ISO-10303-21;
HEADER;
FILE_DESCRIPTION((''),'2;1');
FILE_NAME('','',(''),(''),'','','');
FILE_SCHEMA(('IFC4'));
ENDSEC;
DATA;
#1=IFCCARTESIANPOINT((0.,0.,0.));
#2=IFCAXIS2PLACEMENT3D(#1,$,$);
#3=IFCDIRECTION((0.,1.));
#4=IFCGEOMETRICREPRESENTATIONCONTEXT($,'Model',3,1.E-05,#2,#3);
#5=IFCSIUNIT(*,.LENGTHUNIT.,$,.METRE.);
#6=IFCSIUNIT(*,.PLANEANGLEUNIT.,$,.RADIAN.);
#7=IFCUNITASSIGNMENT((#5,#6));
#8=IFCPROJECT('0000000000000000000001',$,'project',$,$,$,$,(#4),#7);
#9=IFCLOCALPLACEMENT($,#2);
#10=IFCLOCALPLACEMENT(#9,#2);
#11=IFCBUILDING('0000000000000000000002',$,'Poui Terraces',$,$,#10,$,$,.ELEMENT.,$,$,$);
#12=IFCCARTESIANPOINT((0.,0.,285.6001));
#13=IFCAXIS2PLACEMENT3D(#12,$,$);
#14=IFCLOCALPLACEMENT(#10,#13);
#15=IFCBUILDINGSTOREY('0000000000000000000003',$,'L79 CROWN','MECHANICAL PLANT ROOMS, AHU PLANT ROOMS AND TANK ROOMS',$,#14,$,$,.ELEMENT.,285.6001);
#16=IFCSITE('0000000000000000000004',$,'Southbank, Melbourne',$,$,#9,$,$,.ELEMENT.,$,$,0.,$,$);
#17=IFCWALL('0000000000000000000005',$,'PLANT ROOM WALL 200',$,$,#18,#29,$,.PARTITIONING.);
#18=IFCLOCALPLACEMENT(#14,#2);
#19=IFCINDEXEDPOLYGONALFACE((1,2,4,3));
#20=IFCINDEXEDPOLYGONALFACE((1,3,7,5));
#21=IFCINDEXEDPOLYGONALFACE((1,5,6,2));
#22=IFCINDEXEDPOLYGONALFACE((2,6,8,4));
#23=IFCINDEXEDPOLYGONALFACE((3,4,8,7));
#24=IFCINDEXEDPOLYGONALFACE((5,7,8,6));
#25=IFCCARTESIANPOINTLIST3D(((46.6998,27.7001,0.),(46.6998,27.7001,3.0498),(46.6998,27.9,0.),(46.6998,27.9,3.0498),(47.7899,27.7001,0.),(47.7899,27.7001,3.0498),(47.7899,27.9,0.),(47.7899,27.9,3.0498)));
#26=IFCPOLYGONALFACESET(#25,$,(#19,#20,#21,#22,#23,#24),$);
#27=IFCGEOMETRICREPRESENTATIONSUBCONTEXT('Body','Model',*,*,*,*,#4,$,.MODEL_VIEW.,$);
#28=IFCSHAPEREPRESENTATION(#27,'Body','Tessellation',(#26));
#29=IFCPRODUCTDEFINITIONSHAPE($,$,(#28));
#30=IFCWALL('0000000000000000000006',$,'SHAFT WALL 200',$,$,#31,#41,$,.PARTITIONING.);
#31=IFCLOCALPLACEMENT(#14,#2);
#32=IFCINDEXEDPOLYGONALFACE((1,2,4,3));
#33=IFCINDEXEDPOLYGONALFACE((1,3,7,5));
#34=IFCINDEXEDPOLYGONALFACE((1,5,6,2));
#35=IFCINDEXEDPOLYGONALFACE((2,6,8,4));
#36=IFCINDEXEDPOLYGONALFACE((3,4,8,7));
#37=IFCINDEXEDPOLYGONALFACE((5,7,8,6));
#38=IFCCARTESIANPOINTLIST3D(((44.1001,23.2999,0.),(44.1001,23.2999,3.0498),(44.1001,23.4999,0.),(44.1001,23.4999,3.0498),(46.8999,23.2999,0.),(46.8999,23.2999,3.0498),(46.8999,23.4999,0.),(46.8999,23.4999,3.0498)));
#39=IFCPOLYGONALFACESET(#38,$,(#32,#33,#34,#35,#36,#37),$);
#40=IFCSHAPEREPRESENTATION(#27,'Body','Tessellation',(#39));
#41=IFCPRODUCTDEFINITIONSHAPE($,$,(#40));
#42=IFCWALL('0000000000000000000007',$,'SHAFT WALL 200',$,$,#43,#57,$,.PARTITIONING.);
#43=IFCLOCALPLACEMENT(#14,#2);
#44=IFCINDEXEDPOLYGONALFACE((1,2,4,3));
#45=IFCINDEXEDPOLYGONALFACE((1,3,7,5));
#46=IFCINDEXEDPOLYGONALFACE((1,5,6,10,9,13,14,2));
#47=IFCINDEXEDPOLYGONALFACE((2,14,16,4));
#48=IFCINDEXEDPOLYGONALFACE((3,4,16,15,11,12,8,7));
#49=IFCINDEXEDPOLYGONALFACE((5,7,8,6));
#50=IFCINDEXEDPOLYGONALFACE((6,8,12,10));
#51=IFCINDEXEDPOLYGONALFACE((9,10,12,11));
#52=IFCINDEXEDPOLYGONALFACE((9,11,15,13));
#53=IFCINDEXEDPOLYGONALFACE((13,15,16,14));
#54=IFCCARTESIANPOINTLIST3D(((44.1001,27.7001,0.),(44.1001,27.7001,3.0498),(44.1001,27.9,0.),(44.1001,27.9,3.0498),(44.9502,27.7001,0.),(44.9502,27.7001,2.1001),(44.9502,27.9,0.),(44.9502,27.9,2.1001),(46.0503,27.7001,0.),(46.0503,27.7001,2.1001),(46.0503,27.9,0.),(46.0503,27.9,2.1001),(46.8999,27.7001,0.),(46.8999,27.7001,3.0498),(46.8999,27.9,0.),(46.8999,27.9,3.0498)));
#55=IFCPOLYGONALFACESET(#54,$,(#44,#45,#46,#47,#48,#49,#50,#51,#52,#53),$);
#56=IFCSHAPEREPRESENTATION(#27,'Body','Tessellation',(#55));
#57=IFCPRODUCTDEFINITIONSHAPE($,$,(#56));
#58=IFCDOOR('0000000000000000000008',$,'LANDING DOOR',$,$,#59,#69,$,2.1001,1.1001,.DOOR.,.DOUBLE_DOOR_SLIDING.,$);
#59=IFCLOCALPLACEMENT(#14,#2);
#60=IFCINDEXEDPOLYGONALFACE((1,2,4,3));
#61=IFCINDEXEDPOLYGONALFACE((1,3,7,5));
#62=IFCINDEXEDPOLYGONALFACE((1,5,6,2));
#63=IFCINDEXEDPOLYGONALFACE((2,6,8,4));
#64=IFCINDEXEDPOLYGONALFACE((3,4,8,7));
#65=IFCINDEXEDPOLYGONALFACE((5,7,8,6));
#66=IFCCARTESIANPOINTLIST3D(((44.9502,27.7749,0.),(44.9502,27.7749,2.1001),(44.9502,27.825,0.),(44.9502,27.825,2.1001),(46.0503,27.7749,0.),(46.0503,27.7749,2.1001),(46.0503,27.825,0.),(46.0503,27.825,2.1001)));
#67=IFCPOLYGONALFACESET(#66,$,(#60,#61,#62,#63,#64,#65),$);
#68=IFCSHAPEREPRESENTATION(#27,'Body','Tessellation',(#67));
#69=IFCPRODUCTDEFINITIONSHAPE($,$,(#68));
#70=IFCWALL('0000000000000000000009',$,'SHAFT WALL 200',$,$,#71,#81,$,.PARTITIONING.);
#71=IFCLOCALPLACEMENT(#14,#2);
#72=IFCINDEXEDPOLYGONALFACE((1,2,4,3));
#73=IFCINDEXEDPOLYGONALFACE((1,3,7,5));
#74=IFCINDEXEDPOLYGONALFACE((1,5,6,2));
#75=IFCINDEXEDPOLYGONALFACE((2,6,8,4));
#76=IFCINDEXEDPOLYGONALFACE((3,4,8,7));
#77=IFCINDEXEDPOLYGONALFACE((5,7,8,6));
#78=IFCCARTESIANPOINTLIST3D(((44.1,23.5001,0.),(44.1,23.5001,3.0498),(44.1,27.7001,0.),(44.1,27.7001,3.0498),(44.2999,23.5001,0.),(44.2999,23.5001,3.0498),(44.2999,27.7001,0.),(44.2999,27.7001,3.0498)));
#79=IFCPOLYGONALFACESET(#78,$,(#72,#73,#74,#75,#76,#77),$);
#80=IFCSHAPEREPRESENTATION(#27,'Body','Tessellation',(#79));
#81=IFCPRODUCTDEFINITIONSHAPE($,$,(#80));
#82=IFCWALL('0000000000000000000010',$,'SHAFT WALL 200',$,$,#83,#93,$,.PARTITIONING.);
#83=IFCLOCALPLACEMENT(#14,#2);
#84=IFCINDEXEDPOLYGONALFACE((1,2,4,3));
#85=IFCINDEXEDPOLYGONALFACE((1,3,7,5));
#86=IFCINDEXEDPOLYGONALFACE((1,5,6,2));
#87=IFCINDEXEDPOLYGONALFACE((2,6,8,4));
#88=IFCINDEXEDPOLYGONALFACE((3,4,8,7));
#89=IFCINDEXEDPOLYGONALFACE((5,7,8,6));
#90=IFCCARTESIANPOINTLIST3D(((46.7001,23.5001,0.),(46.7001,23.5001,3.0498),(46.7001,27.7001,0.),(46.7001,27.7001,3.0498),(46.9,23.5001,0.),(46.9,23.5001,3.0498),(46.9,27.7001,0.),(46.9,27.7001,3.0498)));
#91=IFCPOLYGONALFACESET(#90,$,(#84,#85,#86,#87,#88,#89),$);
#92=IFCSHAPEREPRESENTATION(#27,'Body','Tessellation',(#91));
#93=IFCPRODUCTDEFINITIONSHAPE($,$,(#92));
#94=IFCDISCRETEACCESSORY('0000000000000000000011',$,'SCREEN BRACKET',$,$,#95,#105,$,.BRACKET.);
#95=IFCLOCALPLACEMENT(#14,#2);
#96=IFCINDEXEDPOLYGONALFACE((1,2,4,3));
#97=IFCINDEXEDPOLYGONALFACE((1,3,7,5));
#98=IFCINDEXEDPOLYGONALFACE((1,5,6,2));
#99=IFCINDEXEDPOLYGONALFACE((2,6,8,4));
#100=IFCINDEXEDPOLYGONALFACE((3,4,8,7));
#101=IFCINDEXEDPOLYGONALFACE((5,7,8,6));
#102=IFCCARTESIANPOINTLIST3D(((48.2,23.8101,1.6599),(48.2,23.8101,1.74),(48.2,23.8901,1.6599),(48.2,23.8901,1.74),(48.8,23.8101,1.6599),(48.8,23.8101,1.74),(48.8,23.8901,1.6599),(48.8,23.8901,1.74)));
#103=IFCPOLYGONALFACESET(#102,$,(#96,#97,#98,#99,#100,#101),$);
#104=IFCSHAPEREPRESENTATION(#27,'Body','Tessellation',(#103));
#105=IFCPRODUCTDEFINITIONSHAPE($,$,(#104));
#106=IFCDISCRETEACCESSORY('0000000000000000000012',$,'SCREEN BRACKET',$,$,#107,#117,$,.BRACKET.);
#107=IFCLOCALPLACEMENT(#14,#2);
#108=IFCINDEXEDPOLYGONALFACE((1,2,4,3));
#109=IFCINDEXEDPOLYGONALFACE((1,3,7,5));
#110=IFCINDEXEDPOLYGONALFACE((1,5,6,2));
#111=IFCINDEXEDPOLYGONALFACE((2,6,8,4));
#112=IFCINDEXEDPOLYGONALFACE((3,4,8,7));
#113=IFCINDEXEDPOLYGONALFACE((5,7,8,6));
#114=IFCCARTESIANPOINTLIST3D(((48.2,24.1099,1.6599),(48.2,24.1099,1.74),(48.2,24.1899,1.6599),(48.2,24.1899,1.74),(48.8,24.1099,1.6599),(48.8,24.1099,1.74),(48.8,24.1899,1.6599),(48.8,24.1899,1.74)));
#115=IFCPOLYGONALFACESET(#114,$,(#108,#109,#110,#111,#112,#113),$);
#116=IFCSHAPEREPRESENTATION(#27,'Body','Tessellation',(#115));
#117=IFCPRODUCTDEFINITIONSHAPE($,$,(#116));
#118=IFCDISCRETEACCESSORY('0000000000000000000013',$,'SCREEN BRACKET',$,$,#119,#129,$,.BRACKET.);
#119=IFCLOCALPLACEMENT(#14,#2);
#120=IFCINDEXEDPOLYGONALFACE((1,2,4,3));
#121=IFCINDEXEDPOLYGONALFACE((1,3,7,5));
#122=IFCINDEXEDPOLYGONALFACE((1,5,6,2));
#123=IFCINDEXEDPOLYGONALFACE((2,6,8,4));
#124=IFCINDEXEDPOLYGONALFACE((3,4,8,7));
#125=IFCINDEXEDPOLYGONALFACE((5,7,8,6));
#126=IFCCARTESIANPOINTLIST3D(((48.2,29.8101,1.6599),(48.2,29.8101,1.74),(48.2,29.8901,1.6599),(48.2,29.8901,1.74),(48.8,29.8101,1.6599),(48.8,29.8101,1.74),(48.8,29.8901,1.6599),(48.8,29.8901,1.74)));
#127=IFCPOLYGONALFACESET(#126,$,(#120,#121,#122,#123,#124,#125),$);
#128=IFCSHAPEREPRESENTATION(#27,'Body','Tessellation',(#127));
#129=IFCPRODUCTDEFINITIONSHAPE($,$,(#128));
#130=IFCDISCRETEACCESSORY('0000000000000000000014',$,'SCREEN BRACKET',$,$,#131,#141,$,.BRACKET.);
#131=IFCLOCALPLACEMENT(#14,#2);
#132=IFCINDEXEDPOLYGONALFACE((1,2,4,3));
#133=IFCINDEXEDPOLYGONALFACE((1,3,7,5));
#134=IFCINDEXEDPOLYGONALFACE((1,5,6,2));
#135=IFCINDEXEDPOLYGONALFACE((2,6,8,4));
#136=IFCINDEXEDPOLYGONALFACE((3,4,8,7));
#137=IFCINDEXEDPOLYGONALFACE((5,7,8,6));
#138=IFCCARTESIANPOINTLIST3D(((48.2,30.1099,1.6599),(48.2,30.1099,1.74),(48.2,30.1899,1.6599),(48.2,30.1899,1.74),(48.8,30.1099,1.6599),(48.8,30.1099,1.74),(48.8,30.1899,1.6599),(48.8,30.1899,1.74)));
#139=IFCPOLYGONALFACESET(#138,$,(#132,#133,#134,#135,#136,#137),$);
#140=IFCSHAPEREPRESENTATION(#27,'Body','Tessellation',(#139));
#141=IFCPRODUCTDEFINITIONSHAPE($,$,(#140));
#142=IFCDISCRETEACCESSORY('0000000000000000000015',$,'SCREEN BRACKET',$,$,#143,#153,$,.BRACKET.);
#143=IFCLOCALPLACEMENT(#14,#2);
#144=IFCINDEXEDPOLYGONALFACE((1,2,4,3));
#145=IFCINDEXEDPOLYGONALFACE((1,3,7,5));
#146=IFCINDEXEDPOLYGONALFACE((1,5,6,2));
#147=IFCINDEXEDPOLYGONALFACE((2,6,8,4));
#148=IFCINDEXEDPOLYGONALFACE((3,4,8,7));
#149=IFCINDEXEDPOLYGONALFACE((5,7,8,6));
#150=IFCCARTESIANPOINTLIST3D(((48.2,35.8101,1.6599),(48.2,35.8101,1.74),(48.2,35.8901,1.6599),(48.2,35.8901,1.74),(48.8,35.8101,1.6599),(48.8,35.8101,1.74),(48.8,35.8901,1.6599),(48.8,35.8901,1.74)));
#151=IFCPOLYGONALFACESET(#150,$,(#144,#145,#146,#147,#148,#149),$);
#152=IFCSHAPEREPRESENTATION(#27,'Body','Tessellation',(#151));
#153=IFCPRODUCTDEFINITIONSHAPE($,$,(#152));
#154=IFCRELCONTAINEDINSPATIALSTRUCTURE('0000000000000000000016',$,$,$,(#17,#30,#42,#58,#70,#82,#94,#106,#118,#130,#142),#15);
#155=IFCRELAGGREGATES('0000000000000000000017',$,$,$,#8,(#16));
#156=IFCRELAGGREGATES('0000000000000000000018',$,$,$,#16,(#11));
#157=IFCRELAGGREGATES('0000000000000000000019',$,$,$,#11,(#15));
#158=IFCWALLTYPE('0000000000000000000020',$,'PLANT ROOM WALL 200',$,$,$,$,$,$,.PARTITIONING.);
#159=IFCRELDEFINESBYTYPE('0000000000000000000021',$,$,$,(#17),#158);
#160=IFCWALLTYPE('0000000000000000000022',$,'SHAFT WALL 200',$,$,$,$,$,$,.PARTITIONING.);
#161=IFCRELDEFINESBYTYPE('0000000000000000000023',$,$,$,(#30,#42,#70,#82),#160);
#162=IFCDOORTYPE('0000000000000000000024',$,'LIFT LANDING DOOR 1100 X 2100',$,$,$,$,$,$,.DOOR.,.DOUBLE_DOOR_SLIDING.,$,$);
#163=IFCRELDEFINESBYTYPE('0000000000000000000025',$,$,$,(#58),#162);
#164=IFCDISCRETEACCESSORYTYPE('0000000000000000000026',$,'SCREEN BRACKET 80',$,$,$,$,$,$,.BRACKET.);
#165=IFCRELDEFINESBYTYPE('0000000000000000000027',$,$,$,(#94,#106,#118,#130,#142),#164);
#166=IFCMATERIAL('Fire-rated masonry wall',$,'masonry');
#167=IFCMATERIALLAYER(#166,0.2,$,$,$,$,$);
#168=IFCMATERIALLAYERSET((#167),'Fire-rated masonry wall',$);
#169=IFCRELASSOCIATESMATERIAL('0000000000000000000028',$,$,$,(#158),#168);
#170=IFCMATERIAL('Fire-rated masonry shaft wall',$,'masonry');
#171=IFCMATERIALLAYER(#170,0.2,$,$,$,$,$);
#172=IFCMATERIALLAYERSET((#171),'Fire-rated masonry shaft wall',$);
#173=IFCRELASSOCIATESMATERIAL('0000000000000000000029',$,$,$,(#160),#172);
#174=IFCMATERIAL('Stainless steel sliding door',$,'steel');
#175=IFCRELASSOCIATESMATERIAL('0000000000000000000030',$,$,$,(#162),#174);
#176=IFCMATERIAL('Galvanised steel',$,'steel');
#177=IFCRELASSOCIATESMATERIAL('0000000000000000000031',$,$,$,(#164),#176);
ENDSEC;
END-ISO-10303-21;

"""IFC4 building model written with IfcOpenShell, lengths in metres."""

from ifc_helpers import new_model, si_unit, direction, frame, frame_2d, origin, origin_2d, place, context, subcontext, project, spatial, rectangle, extrude, source, transform, mapped, material, layer, layer_set, material_profile, profile_set, type_object, element, fill, save


model = new_model("IFC4")

# Units and contexts
model_context = context("Model", 3, precision=1e-05, world=origin(), true_north=direction((0.0, 1.0)))
body_context = subcontext(model_context, "Body", "Model", "MODEL_VIEW")
ifc_project = project(units=[si_unit("LENGTHUNIT", "METRE"), si_unit("PLANEANGLEUNIT", "RADIAN")], contexts=[model_context])

# Site, building, storey
site_placement = place(None, origin())
site = spatial("IfcSite", under=ifc_project, at=site_placement, Name="Southbank, Melbourne", CompositionType="ELEMENT", RefElevation=0.0)
building_placement = place(site_placement, origin())
building = spatial("IfcBuilding", under=site, at=building_placement, Name="Poui Terraces", CompositionType="ELEMENT")
storey_placement = place(building_placement, frame((0.0, 0.0, 285.6001)))
storey = spatial("IfcBuildingStorey", under=building, at=storey_placement, Name="L79 CROWN", Description="MECHANICAL PLANT ROOMS, AHU PLANT ROOMS AND TANK ROOMS", CompositionType="ELEMENT", Elevation=285.6001)

# Walls
ifc_material_1 = material(Name="Fire-rated masonry wall", Category="masonry")
ifc_layer_1 = layer(ifc_material_1, 0.2)
ifc_layer_set_1 = layer_set([ifc_layer_1], Name="Fire-rated masonry wall")
wall_type_1 = type_object("IfcWallType", Name="PLANT ROOM WALL 200", PredefinedType="PARTITIONING", material=ifc_layer_set_1)
wall_1_placement = place(storey_placement, frame((46.7, 27.8, 0.0), z_axis=(0.0, 0.0, 1.0), x_axis=(1.0, 0.0, 0.0)))
element("IfcWall", 1, at=wall_1_placement, inside=storey, type_object=wall_type_1, Name="PLANT ROOM WALL 200", PredefinedType="PARTITIONING", context=body_context, shape_type="SweptSolid", body=[
    extrude(rectangle(XDim=1.0901, YDim=0.2, at=frame_2d((0.5449, 0.0))), origin(), (0.0, 0.0, 1.0), 3.0498),
])
ifc_material_2 = material(Name="Fire-rated masonry shaft wall", Category="masonry")
ifc_layer_2 = layer(ifc_material_2, 0.2)
ifc_layer_set_2 = layer_set([ifc_layer_2], Name="Fire-rated masonry shaft wall")
wall_type_2 = type_object("IfcWallType", Name="SHAFT WALL 200", PredefinedType="PARTITIONING", material=ifc_layer_set_2)
wall_2_placement = place(storey_placement, frame((44.1001, 23.3999, 0.0), z_axis=(0.0, 0.0, 1.0), x_axis=(1.0, 0.0, 0.0)))
element("IfcWall", 2, at=wall_2_placement, inside=storey, type_object=wall_type_2, Name="SHAFT WALL 200", PredefinedType="PARTITIONING", context=body_context, shape_type="SweptSolid", body=[
    extrude(rectangle(XDim=2.7998, YDim=0.2, at=frame_2d((1.3999, 0.0))), origin(), (0.0, 0.0, 1.0), 3.0498),
])

# Wall, opening, door
wall_3_placement = place(storey_placement, frame((44.1001, 27.8, 0.0), z_axis=(0.0, 0.0, 1.0), x_axis=(1.0, 0.0, 0.0)))
wall_3 = element("IfcWall", 3, at=wall_3_placement, inside=storey, type_object=wall_type_2, Name="SHAFT WALL 200", PredefinedType="PARTITIONING", context=body_context, shape_type="SweptSolid", body=[
    extrude(rectangle(XDim=2.7998, YDim=0.2, at=frame_2d((1.3999, 0.0))), origin(), (0.0, 0.0, 1.0), 3.0498),
])
opening_1_placement = place(wall_3_placement, frame((0.8501, 0.0, 0.0)))
opening_1 = element("IfcOpeningElement", 4, at=opening_1_placement, cuts=wall_3, PredefinedType="OPENING", context=body_context, shape_type="SweptSolid", body=[
    extrude(rectangle(XDim=1.1001, YDim=2.1001, at=frame_2d((0.55, 1.05))), frame((0.0, 0.1099, 0.0), z_axis=(0.0, -1.0, 0.0), x_axis=(1.0, 0.0, 0.0)), (0.0, 0.0, 1.0), 0.22),
])
ifc_material_3 = material(Name="Stainless steel sliding door", Category="steel")
door_type = type_object("IfcDoorType", Name="LIFT LANDING DOOR 1100 X 2100", OperationType="DOUBLE_DOOR_SLIDING", PredefinedType="DOOR", material=ifc_material_3)
door_placement = place(opening_1_placement, origin())
door = element("IfcDoor", 5, at=door_placement, inside=storey, type_object=door_type, Name="LANDING DOOR", OperationType="DOUBLE_DOOR_SLIDING", OverallHeight=2.1001, OverallWidth=1.1001, PredefinedType="DOOR", context=body_context, shape_type="SweptSolid", body=[
    extrude(rectangle(XDim=1.1001, YDim=2.1001, at=frame_2d((0.55, 1.05))), frame((0.0, 0.0249, 0.0), z_axis=(0.0, -1.0, 0.0), x_axis=(1.0, 0.0, 0.0)), (0.0, 0.0, 1.0), 0.05),
])
fill(opening_1, door)

# Walls
for number, where, z_axis, x_axis, name in (
    (6, (44.2, 23.5, 0.0), (0.0, 0.0, 1.0), (0.0, 1.0, 0.0), "SHAFT WALL 200"),
    (7, (46.8, 23.5, 0.0), (0.0, 0.0, 1.0), (0.0, 1.0, 0.0), "SHAFT WALL 200"),
):
    element("IfcWall", number, at=place(storey_placement, frame(where, z_axis=z_axis, x_axis=x_axis)), inside=storey, type_object=wall_type_2, Name=name, PredefinedType="PARTITIONING", context=body_context, shape_type="SweptSolid", body=[
        extrude(rectangle(XDim=4.2, YDim=0.2, at=frame_2d((2.1001, 0.0))), origin(), (0.0, 0.0, 1.0), 3.0498),
    ])

# Discrete accessories
ifc_material_4 = material(Name="Galvanised steel", Category="steel")
ifc_material_profile_1 = material_profile(ifc_material_4, rectangle(XDim=0.0801, YDim=0.0801, at=origin_2d()), Name="SCREEN BRACKET 80")
ifc_profile_set_1 = profile_set([ifc_material_profile_1], Name="Galvanised steel")
discrete_accessory_type = type_object("IfcDiscreteAccessoryType", Name="SCREEN BRACKET 80", PredefinedType="BRACKET", material=ifc_profile_set_1)
shared_shape_1 = source(origin(), body_context, "Body", "SweptSolid", [
    extrude(rectangle(XDim=0.0801, YDim=0.0801, at=origin_2d()), origin(), (0.0, 0.0, 1.0), 0.6001),
])
for number, where, z_axis, x_axis, name in (
    (8, (48.2, 23.8501, 1.7), (1.0, 0.0, 0.0), (0.0, 1.0, 0.0), "SCREEN BRACKET"),
    (9, (48.2, 24.1499, 1.7), (1.0, 0.0, 0.0), (0.0, 1.0, 0.0), "SCREEN BRACKET"),
    (10, (48.2, 29.8501, 1.7), (1.0, 0.0, 0.0), (0.0, 1.0, 0.0), "SCREEN BRACKET"),
    (11, (48.2, 30.1499, 1.7), (1.0, 0.0, 0.0), (0.0, 1.0, 0.0), "SCREEN BRACKET"),
    (12, (48.2, 35.8501, 1.7), (1.0, 0.0, 0.0), (0.0, 1.0, 0.0), "SCREEN BRACKET"),
):
    element("IfcDiscreteAccessory", number, at=place(storey_placement, frame(where, z_axis=z_axis, x_axis=x_axis)), inside=storey, type_object=discrete_accessory_type, Name=name, PredefinedType="BRACKET", context=body_context, shape_type="MappedRepresentation", body=[
        mapped(shared_shape_1, transform((0.0, 0.0, 0.0))),
    ])

save(model, "model.ifc")
